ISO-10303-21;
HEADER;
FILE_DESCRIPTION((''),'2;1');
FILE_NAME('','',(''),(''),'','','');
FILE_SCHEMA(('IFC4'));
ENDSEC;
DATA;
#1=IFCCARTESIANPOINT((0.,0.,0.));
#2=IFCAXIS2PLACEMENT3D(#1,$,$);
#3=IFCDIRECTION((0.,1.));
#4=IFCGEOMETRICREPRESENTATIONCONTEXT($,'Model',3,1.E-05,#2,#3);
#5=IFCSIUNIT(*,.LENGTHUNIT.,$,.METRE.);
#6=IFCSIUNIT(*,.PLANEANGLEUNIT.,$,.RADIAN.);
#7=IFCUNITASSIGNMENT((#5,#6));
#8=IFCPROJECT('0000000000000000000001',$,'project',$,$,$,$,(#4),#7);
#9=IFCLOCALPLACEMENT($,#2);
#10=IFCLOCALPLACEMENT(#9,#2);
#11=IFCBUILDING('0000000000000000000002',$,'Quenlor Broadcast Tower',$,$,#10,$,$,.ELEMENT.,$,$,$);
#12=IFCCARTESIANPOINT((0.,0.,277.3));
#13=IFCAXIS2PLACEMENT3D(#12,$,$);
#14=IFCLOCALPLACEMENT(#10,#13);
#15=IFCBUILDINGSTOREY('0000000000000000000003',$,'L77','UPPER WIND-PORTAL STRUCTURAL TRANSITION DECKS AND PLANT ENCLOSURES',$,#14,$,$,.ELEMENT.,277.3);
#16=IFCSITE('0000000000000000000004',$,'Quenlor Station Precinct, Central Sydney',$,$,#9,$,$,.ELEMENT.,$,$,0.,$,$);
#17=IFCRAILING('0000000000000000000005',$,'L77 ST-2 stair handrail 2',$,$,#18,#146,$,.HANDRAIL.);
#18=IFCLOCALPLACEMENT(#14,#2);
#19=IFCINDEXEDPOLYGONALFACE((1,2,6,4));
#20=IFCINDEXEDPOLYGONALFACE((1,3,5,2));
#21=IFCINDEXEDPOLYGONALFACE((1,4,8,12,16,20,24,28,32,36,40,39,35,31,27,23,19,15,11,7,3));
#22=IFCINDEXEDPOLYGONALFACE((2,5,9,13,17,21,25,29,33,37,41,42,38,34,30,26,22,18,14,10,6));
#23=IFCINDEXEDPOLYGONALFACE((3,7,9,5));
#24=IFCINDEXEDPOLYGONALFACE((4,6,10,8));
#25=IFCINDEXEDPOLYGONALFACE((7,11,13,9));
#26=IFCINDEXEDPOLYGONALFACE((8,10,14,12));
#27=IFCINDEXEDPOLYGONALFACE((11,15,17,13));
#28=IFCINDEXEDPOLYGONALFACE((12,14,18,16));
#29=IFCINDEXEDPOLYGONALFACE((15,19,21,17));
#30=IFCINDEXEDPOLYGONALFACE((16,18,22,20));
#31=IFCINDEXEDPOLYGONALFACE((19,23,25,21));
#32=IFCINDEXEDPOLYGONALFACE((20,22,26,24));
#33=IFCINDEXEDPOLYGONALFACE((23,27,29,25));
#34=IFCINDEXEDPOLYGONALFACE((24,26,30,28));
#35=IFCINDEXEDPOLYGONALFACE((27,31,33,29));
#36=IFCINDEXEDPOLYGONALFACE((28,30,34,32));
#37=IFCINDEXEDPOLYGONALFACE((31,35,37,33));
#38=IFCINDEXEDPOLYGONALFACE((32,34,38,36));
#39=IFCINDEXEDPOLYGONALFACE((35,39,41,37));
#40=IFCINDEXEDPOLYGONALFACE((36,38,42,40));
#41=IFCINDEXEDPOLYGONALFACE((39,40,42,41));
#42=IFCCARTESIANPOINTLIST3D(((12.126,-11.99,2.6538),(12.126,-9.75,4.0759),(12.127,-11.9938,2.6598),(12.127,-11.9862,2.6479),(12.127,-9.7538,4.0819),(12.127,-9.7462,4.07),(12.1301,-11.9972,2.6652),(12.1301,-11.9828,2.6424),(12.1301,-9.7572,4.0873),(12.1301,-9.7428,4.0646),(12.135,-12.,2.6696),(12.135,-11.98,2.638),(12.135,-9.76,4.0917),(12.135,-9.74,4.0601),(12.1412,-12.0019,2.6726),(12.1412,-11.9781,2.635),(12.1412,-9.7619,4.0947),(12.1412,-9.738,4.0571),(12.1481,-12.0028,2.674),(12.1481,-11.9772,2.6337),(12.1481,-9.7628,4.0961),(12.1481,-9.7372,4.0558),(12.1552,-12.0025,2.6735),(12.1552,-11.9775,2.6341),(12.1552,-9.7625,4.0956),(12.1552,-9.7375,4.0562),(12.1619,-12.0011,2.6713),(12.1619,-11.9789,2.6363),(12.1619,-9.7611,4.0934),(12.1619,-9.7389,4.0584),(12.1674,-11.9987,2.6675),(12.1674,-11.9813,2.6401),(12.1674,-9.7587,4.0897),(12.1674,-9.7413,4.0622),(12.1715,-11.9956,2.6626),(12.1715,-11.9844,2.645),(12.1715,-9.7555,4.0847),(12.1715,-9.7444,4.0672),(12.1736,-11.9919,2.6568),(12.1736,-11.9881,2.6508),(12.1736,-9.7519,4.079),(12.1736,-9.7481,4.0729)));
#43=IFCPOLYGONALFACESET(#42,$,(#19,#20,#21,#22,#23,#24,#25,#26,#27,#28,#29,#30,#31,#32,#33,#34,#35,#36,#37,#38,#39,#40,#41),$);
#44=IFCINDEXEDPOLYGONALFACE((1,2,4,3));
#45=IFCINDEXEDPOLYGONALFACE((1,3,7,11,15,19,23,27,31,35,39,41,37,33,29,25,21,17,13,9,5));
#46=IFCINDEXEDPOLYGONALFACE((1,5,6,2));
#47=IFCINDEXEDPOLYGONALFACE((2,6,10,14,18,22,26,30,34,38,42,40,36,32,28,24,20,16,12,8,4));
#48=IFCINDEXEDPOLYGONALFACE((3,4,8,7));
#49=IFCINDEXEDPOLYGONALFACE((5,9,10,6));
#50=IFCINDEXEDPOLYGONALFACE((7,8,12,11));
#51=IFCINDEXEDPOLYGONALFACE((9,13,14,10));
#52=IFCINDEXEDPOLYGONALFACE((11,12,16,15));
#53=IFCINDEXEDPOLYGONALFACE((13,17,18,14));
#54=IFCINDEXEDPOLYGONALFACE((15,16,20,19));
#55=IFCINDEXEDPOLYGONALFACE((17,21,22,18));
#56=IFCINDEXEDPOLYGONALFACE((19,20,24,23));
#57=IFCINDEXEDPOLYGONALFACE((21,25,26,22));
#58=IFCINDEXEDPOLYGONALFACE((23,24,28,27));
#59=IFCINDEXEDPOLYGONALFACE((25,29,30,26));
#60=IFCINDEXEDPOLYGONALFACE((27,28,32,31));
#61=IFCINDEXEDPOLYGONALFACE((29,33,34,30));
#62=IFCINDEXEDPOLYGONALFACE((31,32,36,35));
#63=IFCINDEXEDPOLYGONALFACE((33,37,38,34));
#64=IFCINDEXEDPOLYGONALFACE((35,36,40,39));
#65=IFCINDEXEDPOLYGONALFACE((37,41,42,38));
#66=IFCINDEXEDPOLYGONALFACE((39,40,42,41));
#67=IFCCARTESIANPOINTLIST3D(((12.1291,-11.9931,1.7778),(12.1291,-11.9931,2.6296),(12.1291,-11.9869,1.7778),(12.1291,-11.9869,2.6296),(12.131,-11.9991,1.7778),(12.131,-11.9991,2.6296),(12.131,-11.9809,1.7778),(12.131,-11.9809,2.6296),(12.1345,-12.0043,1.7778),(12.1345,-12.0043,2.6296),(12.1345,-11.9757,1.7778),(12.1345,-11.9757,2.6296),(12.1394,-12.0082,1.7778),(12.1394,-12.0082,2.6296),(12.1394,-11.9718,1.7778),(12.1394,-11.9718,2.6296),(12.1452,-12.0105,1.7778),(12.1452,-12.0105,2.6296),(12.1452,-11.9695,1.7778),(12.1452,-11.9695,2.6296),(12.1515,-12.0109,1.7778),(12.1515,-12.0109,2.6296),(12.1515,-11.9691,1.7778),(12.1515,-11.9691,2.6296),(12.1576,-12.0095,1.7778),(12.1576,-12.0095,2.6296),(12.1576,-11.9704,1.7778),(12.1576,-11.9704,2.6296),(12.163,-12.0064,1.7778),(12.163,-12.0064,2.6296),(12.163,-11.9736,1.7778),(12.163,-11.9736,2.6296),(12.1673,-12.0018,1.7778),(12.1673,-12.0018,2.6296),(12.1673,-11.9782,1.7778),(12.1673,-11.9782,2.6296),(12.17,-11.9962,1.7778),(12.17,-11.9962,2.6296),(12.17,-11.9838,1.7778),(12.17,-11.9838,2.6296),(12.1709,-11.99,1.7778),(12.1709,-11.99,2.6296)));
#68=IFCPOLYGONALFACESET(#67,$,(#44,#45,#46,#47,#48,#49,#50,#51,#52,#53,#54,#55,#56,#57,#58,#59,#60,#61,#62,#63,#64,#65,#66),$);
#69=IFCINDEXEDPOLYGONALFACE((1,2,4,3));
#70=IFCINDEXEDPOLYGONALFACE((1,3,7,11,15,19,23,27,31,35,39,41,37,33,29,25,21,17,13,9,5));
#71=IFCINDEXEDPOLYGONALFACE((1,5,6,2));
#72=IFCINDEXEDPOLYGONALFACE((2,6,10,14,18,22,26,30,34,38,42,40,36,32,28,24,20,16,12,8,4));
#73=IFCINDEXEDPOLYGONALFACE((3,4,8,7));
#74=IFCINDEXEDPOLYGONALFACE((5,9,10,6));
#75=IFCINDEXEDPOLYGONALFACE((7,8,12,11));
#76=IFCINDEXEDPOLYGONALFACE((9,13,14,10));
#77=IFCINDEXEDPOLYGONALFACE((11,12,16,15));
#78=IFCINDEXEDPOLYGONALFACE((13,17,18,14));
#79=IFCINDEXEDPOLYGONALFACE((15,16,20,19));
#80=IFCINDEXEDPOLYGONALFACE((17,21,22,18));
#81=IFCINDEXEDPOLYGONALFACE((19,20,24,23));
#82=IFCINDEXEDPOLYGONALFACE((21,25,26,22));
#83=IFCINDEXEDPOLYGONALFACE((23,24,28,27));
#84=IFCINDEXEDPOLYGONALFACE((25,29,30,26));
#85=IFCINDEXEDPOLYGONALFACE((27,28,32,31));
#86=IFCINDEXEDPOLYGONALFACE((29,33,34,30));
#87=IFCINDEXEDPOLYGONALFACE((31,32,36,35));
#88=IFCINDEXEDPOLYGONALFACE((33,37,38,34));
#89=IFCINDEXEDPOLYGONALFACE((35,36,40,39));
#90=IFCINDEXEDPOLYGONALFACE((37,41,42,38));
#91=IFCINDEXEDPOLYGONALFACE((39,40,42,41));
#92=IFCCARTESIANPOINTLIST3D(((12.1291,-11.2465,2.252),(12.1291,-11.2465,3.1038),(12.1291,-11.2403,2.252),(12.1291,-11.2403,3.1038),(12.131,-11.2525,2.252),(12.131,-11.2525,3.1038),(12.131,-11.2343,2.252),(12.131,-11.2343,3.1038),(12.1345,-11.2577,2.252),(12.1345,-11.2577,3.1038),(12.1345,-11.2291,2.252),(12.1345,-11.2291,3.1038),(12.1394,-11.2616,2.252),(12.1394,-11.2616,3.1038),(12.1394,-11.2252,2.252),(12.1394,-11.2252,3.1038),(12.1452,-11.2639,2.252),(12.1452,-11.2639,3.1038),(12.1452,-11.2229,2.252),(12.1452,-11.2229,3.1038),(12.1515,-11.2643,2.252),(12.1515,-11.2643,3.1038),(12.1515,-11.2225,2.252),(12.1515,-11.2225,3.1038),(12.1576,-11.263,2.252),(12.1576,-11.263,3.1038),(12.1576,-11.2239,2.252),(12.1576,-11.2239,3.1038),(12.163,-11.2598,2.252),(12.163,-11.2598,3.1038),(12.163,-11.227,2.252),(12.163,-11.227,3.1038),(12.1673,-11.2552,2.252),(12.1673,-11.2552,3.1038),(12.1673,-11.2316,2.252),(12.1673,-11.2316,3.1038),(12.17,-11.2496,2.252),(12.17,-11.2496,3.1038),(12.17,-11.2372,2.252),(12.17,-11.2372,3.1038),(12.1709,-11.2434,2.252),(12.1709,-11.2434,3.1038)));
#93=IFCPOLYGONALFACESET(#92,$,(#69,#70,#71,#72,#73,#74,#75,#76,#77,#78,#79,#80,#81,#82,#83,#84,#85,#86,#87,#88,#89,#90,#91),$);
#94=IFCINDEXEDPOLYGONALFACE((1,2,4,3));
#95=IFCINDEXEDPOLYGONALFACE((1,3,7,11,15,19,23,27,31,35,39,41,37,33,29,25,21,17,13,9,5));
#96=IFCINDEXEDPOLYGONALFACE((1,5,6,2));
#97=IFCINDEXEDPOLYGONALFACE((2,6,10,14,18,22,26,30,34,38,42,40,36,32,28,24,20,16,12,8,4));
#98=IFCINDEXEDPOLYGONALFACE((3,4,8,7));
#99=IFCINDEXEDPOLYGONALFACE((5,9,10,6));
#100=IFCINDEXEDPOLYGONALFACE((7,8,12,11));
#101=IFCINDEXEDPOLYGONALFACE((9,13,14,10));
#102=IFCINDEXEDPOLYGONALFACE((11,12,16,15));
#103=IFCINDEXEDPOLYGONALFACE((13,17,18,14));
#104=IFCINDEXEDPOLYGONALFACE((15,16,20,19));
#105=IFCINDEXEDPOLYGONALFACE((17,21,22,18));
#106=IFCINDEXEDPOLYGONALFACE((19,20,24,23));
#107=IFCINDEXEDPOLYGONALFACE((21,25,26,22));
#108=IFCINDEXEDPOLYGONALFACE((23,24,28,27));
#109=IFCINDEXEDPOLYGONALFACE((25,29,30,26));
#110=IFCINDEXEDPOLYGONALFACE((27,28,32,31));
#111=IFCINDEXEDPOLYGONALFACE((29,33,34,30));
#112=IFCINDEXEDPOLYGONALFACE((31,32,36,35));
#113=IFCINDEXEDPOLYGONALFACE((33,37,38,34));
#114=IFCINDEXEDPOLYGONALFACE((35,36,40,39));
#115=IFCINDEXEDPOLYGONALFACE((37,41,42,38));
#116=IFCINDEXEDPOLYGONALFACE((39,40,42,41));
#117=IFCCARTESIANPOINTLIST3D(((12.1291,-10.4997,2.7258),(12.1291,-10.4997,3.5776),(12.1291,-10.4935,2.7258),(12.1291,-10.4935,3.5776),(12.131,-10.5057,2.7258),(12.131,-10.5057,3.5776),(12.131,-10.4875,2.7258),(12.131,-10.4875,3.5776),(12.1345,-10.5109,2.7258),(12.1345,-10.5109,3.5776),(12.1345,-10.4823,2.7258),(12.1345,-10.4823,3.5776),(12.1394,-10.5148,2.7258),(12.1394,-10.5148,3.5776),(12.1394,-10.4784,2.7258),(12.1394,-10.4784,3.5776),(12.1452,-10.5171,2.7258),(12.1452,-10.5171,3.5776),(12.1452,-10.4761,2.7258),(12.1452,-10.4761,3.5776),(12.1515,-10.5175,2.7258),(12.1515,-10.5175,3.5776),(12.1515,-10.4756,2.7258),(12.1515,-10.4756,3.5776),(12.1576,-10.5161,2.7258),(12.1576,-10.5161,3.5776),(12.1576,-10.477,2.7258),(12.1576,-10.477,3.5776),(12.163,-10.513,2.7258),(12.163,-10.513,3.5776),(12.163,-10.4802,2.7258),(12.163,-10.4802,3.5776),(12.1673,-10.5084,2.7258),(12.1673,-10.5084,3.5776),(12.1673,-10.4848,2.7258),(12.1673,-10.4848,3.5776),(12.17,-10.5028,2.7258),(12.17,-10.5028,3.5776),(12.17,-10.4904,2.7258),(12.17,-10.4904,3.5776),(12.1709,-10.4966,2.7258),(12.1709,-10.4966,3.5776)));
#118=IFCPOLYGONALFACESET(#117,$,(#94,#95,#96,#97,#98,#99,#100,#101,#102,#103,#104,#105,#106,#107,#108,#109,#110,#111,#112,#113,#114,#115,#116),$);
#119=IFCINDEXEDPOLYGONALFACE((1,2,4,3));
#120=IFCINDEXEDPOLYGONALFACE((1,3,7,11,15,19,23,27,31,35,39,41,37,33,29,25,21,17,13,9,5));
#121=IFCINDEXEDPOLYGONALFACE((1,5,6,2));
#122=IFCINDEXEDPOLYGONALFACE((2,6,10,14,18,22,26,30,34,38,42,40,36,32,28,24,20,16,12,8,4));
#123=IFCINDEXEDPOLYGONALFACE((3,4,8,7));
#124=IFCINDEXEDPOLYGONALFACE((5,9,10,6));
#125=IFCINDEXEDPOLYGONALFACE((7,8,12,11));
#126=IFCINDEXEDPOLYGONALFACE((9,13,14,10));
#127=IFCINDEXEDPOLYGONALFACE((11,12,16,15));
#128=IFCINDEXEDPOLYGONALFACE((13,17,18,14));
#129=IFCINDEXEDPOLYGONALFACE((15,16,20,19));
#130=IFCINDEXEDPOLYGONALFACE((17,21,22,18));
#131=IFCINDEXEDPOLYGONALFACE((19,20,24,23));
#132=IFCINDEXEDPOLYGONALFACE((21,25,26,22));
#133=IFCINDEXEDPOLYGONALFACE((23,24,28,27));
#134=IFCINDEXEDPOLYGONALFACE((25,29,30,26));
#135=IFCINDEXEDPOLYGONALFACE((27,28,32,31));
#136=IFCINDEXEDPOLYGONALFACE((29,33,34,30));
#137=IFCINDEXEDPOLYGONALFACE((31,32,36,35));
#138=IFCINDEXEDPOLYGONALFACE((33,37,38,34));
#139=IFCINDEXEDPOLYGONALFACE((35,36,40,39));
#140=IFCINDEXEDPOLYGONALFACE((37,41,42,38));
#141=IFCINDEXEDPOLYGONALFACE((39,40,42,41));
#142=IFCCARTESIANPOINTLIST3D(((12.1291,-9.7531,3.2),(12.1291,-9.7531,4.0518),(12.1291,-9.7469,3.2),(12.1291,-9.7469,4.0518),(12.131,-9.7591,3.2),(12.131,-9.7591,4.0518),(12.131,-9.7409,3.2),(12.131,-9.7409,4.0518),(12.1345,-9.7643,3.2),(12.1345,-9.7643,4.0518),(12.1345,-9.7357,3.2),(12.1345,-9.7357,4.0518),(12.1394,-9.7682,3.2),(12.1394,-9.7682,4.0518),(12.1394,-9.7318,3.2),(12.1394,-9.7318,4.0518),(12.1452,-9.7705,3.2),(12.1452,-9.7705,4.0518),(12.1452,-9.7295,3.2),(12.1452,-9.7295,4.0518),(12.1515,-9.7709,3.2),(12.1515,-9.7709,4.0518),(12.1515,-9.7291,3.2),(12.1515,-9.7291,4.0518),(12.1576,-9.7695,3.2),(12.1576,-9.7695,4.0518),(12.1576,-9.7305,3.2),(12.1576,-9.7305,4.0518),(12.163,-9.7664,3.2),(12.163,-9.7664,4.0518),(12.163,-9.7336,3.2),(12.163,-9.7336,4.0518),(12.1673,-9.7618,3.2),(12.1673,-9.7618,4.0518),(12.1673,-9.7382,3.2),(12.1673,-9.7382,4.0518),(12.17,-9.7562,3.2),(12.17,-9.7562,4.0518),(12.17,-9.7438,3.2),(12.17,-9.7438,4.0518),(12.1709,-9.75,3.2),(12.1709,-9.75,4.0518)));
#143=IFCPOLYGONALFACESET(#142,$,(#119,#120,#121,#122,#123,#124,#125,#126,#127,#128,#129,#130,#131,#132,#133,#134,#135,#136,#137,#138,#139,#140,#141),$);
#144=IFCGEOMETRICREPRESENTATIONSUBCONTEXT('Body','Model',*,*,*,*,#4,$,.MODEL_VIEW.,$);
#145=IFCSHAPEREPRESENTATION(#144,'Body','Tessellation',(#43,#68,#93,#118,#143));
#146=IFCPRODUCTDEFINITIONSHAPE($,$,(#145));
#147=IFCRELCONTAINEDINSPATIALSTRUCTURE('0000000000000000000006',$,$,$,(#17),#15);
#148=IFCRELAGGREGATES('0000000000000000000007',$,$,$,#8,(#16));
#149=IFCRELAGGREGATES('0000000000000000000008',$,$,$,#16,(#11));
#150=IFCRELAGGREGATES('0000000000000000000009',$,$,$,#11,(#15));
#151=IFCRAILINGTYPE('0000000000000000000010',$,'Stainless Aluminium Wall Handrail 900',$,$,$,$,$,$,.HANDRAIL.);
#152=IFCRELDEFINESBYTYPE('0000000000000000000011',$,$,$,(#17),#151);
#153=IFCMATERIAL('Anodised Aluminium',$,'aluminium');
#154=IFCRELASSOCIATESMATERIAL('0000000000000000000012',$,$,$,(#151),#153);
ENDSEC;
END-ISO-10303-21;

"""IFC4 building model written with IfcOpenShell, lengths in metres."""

from ifc_helpers import new_model, si_unit, direction, frame, origin, origin_2d, place, context, subcontext, project, spatial, circle, extrude, material, type_object, element, save


model = new_model("IFC4")

# Units and contexts
model_context = context("Model", 3, precision=1e-05, world=origin(), true_north=direction((0.0, 1.0)))
body_context = subcontext(model_context, "Body", "Model", "MODEL_VIEW")
ifc_project = project(units=[si_unit("LENGTHUNIT", "METRE"), si_unit("PLANEANGLEUNIT", "RADIAN")], contexts=[model_context])

# Site, building, storey
site_placement = place(None, origin())
site = spatial("IfcSite", under=ifc_project, at=site_placement, Name="Quenlor Station Precinct, Central Sydney", CompositionType="ELEMENT", RefElevation=0.0)
building_placement = place(site_placement, origin())
building = spatial("IfcBuilding", under=site, at=building_placement, Name="Quenlor Broadcast Tower", CompositionType="ELEMENT")
storey_placement = place(building_placement, frame((0.0, 0.0, 277.3)))
storey = spatial("IfcBuildingStorey", under=building, at=storey_placement, Name="L77", Description="UPPER WIND-PORTAL STRUCTURAL TRANSITION DECKS AND PLANT ENCLOSURES", CompositionType="ELEMENT", Elevation=277.3)

# Railing
ifc_material_1 = material(Name="Anodised Aluminium", Category="aluminium")
railing_type_1 = type_object("IfcRailingType", Name="Stainless Aluminium Wall Handrail 900", PredefinedType="HANDRAIL", material=ifc_material_1)
railing_1_placement = place(storey_placement, frame((12.1499, -11.99, 1.7778)))
element("IfcRailing", 1, at=railing_1_placement, inside=storey, type_object=railing_type_1, Name="L77 ST-2 stair handrail 2", PredefinedType="HANDRAIL", context=body_context, shape_type="SweptSolid", body=[
    extrude(circle(Radius=0.0239, at=origin_2d()), frame((0.0, 0.0, 0.876), z_axis=(0.0, 0.844229, 0.535982), x_axis=(-1.0, 0.0, 0.0)), (0.0, 0.0, 1.0), 2.6533),
    extrude(circle(Radius=0.021, at=origin_2d()), origin(), (0.0, 0.0, 1.0), 0.8518),
    extrude(circle(Radius=0.021, at=origin_2d()), frame((0.0, 0.7466, 0.4741)), (0.0, 0.0, 1.0), 0.8518),
    extrude(circle(Radius=0.021, at=origin_2d()), frame((0.0, 1.4934, 0.948)), (0.0, 0.0, 1.0), 0.8518),
    extrude(circle(Radius=0.021, at=origin_2d()), frame((0.0, 2.24, 1.4221)), (0.0, 0.0, 1.0), 0.8518),
])

save(model, "model.ifc")
